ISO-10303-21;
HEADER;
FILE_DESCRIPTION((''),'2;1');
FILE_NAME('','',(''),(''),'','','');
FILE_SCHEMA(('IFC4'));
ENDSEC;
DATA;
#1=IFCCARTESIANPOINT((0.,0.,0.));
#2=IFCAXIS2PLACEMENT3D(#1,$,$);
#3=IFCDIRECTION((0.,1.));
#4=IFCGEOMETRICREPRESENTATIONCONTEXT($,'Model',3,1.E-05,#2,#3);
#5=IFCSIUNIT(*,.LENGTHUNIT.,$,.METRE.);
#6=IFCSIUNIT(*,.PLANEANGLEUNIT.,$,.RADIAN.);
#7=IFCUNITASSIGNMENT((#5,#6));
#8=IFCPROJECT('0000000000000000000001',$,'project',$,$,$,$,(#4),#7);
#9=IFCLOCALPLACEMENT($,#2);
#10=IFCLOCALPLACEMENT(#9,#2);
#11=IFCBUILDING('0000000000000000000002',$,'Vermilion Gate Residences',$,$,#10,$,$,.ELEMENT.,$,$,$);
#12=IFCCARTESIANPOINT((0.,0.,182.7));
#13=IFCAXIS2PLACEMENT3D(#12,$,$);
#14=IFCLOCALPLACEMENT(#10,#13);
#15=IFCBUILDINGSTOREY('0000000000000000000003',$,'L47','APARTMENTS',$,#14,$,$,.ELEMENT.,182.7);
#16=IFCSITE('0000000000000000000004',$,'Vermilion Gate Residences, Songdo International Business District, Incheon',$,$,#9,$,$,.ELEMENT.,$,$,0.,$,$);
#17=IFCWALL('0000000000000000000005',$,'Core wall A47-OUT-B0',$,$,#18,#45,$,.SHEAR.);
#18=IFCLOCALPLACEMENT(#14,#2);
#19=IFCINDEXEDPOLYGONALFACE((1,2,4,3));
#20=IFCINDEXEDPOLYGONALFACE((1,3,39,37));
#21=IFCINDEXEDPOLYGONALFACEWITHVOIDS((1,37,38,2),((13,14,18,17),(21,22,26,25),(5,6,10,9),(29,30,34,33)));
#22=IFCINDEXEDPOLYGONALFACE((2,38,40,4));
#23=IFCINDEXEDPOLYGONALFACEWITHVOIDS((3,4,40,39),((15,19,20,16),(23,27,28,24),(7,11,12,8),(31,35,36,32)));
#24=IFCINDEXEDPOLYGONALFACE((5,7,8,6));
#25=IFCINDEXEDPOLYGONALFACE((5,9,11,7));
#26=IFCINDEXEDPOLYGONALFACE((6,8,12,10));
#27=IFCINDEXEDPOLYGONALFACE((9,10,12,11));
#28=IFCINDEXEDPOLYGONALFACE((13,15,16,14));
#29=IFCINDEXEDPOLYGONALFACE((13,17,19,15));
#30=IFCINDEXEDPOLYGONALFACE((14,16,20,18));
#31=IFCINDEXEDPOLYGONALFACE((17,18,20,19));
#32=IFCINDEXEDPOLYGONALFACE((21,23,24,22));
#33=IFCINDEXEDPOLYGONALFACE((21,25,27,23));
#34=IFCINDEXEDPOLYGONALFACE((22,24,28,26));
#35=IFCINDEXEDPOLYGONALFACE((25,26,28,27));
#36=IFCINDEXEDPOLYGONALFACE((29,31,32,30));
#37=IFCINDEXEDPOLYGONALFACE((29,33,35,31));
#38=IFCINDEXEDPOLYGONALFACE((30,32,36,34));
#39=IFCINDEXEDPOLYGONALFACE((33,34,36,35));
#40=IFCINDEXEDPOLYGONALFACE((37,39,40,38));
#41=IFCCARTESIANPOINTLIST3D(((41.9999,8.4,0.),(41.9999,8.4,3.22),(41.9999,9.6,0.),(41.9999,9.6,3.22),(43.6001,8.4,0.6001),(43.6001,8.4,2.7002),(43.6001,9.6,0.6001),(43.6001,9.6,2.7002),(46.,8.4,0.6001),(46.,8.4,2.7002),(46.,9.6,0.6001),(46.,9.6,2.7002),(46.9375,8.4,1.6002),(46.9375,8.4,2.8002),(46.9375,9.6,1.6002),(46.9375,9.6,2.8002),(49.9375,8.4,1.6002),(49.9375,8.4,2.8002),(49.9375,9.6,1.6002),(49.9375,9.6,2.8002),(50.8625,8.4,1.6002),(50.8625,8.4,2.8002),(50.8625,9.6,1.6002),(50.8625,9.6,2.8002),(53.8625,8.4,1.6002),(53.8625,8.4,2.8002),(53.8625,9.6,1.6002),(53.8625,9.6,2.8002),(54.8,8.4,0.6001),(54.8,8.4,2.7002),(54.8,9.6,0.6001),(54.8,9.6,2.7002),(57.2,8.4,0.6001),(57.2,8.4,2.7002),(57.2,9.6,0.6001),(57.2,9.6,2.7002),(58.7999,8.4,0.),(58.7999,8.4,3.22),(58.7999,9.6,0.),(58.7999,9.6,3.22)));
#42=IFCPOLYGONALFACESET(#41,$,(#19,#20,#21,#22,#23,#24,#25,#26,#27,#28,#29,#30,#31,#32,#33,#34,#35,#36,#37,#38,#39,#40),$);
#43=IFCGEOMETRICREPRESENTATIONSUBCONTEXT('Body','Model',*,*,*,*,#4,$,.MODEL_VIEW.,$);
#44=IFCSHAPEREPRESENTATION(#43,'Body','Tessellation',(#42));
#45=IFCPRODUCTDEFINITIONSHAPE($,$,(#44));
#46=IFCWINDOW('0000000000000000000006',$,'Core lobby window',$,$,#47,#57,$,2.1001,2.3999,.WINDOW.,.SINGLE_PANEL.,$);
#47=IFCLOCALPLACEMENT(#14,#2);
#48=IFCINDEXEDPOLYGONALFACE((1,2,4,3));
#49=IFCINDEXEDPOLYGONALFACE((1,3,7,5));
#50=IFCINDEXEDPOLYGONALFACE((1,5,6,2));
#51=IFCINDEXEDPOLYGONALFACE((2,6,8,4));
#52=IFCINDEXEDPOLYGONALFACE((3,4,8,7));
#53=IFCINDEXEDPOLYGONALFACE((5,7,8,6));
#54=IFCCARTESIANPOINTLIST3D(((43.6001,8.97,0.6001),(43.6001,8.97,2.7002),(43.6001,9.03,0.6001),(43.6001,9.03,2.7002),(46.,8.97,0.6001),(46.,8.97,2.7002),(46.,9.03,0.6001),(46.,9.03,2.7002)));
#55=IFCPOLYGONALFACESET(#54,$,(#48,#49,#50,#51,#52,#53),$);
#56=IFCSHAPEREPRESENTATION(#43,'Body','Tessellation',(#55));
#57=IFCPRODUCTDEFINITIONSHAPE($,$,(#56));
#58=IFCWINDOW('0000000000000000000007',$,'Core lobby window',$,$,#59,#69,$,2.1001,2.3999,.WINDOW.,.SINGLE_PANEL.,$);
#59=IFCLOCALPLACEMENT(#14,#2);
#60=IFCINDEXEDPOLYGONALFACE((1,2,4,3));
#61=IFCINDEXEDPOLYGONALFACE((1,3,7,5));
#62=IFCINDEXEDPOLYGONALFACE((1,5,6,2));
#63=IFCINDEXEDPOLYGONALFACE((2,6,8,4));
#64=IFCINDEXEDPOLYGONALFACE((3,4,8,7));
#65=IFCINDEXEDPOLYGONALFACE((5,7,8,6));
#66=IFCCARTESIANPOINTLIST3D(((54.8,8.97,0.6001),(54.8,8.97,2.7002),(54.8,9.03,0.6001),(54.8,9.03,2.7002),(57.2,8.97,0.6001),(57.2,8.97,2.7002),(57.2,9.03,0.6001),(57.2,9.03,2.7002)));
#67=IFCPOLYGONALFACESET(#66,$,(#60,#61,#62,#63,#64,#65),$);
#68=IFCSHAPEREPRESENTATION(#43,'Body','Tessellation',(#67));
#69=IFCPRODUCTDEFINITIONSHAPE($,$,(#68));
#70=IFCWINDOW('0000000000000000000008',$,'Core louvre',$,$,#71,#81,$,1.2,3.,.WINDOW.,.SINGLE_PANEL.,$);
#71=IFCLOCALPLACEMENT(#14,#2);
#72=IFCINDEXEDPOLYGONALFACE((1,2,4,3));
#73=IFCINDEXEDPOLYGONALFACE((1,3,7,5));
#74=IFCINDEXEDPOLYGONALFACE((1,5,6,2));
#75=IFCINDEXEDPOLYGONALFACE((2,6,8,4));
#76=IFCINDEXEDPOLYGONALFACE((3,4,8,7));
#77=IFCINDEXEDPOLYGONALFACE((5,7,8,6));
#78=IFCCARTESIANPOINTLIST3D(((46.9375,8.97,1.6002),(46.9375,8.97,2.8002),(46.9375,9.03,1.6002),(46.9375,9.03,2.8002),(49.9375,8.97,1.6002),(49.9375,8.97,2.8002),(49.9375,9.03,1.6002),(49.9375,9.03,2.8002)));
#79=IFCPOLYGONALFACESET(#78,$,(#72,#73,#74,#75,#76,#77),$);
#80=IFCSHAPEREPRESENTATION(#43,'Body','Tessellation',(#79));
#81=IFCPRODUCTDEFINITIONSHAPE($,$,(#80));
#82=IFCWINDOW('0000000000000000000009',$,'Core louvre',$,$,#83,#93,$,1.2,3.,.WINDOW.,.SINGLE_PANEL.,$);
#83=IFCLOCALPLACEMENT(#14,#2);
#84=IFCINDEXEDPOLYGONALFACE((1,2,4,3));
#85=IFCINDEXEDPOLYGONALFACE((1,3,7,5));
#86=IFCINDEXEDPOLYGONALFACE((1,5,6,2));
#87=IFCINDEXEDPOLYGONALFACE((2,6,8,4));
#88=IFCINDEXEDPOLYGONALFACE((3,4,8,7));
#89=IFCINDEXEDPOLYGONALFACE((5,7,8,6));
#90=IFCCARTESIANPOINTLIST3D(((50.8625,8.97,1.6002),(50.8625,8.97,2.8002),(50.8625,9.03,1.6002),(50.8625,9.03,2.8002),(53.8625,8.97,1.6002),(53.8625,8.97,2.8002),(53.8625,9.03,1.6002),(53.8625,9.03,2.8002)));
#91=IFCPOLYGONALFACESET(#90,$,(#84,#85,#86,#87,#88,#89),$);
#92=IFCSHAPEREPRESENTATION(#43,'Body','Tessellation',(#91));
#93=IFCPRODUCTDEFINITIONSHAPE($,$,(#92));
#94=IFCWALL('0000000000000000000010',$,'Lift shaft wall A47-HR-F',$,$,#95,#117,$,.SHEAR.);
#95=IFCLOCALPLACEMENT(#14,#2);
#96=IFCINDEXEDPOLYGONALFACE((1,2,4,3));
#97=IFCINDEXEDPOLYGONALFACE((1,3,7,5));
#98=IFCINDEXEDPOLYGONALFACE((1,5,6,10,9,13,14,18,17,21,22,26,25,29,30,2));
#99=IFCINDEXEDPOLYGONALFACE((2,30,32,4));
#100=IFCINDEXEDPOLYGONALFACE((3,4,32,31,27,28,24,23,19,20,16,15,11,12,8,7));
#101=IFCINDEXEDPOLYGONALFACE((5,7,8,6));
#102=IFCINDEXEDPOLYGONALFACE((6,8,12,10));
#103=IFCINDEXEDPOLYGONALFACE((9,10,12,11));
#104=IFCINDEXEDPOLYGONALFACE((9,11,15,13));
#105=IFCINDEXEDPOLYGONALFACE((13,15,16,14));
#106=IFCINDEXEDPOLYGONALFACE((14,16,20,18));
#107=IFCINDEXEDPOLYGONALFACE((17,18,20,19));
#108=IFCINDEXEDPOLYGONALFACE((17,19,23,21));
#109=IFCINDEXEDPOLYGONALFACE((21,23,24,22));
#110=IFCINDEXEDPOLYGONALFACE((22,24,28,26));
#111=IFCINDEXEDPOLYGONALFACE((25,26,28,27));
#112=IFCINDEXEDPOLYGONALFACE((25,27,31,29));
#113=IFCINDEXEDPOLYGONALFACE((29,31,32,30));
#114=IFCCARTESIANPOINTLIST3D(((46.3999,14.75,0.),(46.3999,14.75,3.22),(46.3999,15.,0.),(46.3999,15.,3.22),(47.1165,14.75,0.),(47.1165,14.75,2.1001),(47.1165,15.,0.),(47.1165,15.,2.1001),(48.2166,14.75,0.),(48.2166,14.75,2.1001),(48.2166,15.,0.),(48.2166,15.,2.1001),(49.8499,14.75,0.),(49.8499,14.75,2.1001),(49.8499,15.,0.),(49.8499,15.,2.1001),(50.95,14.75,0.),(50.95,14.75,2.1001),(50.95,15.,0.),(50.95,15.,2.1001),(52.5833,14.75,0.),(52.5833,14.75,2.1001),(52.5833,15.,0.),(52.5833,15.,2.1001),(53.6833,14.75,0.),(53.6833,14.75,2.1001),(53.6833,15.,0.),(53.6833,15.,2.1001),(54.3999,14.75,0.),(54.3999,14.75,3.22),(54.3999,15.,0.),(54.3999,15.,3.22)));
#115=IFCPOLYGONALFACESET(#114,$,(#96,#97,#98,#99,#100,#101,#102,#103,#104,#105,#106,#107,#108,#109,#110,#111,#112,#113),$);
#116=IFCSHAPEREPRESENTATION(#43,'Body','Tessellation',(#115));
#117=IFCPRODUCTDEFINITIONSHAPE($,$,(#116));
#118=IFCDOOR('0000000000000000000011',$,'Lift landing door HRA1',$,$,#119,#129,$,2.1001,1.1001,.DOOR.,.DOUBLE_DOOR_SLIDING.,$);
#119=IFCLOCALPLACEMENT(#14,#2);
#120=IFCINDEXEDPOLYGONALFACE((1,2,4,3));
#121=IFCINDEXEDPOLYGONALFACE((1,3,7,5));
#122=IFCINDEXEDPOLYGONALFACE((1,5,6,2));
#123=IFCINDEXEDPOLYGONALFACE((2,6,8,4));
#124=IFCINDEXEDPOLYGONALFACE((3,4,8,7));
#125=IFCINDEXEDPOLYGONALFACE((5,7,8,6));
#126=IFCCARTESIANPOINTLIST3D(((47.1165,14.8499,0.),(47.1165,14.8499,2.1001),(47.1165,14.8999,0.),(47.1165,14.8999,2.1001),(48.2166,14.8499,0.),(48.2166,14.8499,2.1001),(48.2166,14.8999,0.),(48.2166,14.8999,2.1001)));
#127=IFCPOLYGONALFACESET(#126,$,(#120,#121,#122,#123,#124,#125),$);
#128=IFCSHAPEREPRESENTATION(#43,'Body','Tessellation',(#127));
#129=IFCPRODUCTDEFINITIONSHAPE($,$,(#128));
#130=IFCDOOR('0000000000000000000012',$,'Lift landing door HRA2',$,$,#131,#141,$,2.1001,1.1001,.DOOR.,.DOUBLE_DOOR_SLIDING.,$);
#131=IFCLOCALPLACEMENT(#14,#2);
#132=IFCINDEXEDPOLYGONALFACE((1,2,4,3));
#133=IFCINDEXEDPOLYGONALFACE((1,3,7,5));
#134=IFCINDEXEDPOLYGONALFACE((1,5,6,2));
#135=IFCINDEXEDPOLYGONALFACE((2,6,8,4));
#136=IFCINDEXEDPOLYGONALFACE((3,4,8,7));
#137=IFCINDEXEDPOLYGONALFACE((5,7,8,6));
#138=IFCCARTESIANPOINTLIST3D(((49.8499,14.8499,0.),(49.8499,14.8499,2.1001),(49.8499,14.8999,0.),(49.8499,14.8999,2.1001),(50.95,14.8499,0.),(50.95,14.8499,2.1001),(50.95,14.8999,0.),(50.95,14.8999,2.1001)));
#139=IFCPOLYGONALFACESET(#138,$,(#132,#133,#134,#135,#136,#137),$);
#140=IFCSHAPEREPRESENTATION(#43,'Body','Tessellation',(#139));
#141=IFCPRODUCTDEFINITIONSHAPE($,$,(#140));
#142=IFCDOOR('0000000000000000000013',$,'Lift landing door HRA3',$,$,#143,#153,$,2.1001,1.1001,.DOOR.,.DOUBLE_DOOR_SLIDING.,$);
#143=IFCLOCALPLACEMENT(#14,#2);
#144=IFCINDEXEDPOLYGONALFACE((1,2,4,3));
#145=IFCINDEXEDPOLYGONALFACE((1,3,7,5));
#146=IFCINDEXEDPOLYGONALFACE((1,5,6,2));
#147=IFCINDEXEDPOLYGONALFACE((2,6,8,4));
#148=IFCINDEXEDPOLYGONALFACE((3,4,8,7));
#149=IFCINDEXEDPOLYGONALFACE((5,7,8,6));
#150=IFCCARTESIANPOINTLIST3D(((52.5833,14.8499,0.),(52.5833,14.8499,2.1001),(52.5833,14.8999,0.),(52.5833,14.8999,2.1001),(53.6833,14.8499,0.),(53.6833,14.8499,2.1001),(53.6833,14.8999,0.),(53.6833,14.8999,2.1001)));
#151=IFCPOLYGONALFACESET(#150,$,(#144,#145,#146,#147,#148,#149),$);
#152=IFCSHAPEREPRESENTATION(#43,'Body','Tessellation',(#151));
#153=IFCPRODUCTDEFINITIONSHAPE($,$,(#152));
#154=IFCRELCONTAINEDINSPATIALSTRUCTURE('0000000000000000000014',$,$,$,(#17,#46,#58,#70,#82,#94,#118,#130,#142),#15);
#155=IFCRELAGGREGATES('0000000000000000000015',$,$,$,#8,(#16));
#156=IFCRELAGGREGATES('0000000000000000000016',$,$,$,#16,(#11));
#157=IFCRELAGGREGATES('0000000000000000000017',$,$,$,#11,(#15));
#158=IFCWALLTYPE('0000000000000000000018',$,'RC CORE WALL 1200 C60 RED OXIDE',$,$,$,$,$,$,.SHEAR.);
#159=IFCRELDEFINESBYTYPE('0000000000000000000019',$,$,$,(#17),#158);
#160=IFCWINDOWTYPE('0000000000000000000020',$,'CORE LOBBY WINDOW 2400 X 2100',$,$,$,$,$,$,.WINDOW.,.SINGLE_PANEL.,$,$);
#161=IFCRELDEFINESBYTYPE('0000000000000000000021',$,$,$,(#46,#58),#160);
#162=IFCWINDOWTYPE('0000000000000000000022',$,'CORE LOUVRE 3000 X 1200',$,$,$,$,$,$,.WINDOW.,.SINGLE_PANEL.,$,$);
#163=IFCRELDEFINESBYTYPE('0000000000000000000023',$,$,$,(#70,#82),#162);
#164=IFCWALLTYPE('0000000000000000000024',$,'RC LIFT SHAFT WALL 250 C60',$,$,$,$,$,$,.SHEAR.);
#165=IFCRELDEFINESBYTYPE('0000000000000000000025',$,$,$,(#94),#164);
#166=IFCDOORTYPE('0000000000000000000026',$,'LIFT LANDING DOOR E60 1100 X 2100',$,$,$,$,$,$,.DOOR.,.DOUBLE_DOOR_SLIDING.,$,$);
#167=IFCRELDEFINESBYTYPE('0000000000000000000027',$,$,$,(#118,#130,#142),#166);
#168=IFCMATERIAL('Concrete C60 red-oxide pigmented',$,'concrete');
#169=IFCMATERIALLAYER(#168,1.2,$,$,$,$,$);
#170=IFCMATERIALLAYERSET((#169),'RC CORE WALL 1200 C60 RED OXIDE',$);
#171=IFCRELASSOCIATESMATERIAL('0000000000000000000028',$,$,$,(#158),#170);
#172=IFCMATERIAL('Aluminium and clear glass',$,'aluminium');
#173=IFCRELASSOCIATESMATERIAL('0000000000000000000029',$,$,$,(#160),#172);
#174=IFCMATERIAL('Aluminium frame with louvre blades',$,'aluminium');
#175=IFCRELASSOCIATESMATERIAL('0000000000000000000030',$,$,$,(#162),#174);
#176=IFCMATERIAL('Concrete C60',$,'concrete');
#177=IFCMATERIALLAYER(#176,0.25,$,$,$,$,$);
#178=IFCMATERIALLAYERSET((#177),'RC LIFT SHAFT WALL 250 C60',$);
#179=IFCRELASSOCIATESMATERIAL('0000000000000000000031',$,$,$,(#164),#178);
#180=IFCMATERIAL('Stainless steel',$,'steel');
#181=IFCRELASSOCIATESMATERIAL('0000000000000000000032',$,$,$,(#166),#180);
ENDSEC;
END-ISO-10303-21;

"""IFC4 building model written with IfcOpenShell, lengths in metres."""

from ifc_helpers import new_model, si_unit, direction, frame, frame_2d, origin, place, context, subcontext, project, spatial, rectangle, extrude, material, layer, layer_set, type_object, element, fill, save


model = new_model("IFC4")

# Units and contexts
model_context = context("Model", 3, precision=1e-05, world=origin(), true_north=direction((0.0, 1.0)))
body_context = subcontext(model_context, "Body", "Model", "MODEL_VIEW")
ifc_project = project(units=[si_unit("LENGTHUNIT", "METRE"), si_unit("PLANEANGLEUNIT", "RADIAN")], contexts=[model_context])

# Site, building, storey
site_placement = place(None, origin())
site = spatial("IfcSite", under=ifc_project, at=site_placement, Name="Vermilion Gate Residences, Songdo International Business District, Incheon", CompositionType="ELEMENT", RefElevation=0.0)
building_placement = place(site_placement, origin())
building = spatial("IfcBuilding", under=site, at=building_placement, Name="Vermilion Gate Residences", CompositionType="ELEMENT")
storey_placement = place(building_placement, frame((0.0, 0.0, 182.7)))
storey = spatial("IfcBuildingStorey", under=building, at=storey_placement, Name="L47", Description="APARTMENTS", CompositionType="ELEMENT", Elevation=182.7)

# Wall, openings, windows
ifc_material_1 = material(Name="Concrete C60 red-oxide pigmented", Category="concrete")
ifc_layer_1 = layer(ifc_material_1, 1.2)
ifc_layer_set_1 = layer_set([ifc_layer_1], Name="RC CORE WALL 1200 C60 RED OXIDE")
wall_type_1 = type_object("IfcWallType", Name="RC CORE WALL 1200 C60 RED OXIDE", PredefinedType="SHEAR", material=ifc_layer_set_1)
wall_1_placement = place(storey_placement, frame((42.0, 9.0, 0.0), z_axis=(0.0, 0.0, 1.0), x_axis=(1.0, 0.0, 0.0)))
wall_1 = element("IfcWall", 1, at=wall_1_placement, inside=storey, type_object=wall_type_1, Name="Core wall A47-OUT-B0", PredefinedType="SHEAR", context=body_context, shape_type="SweptSolid", body=[
    extrude(rectangle(XDim=16.8, YDim=1.2, at=frame_2d((8.3999, 0.0))), origin(), (0.0, 0.0, 1.0), 3.22),
])
opening_1_placement = place(wall_1_placement, frame((1.6001, 0.0, 0.6001)))
opening_1 = element("IfcOpeningElement", 2, at=opening_1_placement, cuts=wall_1, PredefinedType="OPENING", context=body_context, shape_type="SweptSolid", body=[
    extrude(rectangle(XDim=2.3999, YDim=2.1001, at=frame_2d((1.2, 1.05))), frame((0.0, 0.6099, 0.0), z_axis=(0.0, -1.0, 0.0), x_axis=(1.0, 0.0, 0.0)), (0.0, 0.0, 1.0), 1.22),
])
opening_2_placement = place(wall_1_placement, frame((4.9375, 0.0, 1.6001)))
opening_2 = element("IfcOpeningElement", 3, at=opening_2_placement, cuts=wall_1, PredefinedType="OPENING", context=body_context, shape_type="SweptSolid", body=[
    extrude(rectangle(XDim=3.0, YDim=1.2, at=frame_2d((1.5, 0.6001))), frame((0.0, 0.6099, 0.0), z_axis=(0.0, -1.0, 0.0), x_axis=(1.0, 0.0, 0.0)), (0.0, 0.0, 1.0), 1.22),
])
opening_3_placement = place(wall_1_placement, frame((8.8625, 0.0, 1.6001)))
opening_3 = element("IfcOpeningElement", 4, at=opening_3_placement, cuts=wall_1, PredefinedType="OPENING", context=body_context, shape_type="SweptSolid", body=[
    extrude(rectangle(XDim=3.0, YDim=1.2, at=frame_2d((1.5, 0.6001))), frame((0.0, 0.6099, 0.0), z_axis=(0.0, -1.0, 0.0), x_axis=(1.0, 0.0, 0.0)), (0.0, 0.0, 1.0), 1.22),
])
opening_4_placement = place(wall_1_placement, frame((12.8, 0.0, 0.6001)))
opening_4 = element("IfcOpeningElement", 5, at=opening_4_placement, cuts=wall_1, PredefinedType="OPENING", context=body_context, shape_type="SweptSolid", body=[
    extrude(rectangle(XDim=2.3999, YDim=2.1001, at=frame_2d((1.2, 1.05))), frame((0.0, 0.6099, 0.0), z_axis=(0.0, -1.0, 0.0), x_axis=(1.0, 0.0, 0.0)), (0.0, 0.0, 1.0), 1.22),
])
ifc_material_2 = material(Name="Aluminium and clear glass", Category="aluminium")
window_type_1 = type_object("IfcWindowType", Name="CORE LOBBY WINDOW 2400 X 2100", PartitioningType="SINGLE_PANEL", PredefinedType="WINDOW", material=ifc_material_2)
window_1_placement = place(opening_1_placement, origin())
window_1 = element("IfcWindow", 6, at=window_1_placement, inside=storey, type_object=window_type_1, Name="Core lobby window", OverallHeight=2.1001, OverallWidth=2.3999, PartitioningType="SINGLE_PANEL", PredefinedType="WINDOW", context=body_context, shape_type="SweptSolid", body=[
    extrude(rectangle(XDim=2.3999, YDim=2.1001, at=frame_2d((1.2, 1.05))), frame((0.0, 0.03, 0.0), z_axis=(0.0, -1.0, 0.0), x_axis=(1.0, 0.0, 0.0)), (0.0, 0.0, 1.0), 0.0601),
])
fill(opening_1, window_1)
window_2_placement = place(opening_4_placement, origin())
window_2 = element("IfcWindow", 7, at=window_2_placement, inside=storey, type_object=window_type_1, Name="Core lobby window", OverallHeight=2.1001, OverallWidth=2.3999, PartitioningType="SINGLE_PANEL", PredefinedType="WINDOW", context=body_context, shape_type="SweptSolid", body=[
    extrude(rectangle(XDim=2.3999, YDim=2.1001, at=frame_2d((1.2, 1.05))), frame((0.0, 0.03, 0.0), z_axis=(0.0, -1.0, 0.0), x_axis=(1.0, 0.0, 0.0)), (0.0, 0.0, 1.0), 0.0601),
])
fill(opening_4, window_2)
ifc_material_3 = material(Name="Aluminium frame with louvre blades", Category="aluminium")
window_type_2 = type_object("IfcWindowType", Name="CORE LOUVRE 3000 X 1200", PartitioningType="SINGLE_PANEL", PredefinedType="WINDOW", material=ifc_material_3)
window_3_placement = place(opening_2_placement, origin())
window_3 = element("IfcWindow", 8, at=window_3_placement, inside=storey, type_object=window_type_2, Name="Core louvre", OverallHeight=1.2, OverallWidth=3.0, PartitioningType="SINGLE_PANEL", PredefinedType="WINDOW", context=body_context, shape_type="SweptSolid", body=[
    extrude(rectangle(XDim=3.0, YDim=1.2, at=frame_2d((1.5, 0.6001))), frame((0.0, 0.03, 0.0), z_axis=(0.0, -1.0, 0.0), x_axis=(1.0, 0.0, 0.0)), (0.0, 0.0, 1.0), 0.0601),
])
fill(opening_2, window_3)
window_4_placement = place(opening_3_placement, origin())
window_4 = element("IfcWindow", 9, at=window_4_placement, inside=storey, type_object=window_type_2, Name="Core louvre", OverallHeight=1.2, OverallWidth=3.0, PartitioningType="SINGLE_PANEL", PredefinedType="WINDOW", context=body_context, shape_type="SweptSolid", body=[
    extrude(rectangle(XDim=3.0, YDim=1.2, at=frame_2d((1.5, 0.6001))), frame((0.0, 0.03, 0.0), z_axis=(0.0, -1.0, 0.0), x_axis=(1.0, 0.0, 0.0)), (0.0, 0.0, 1.0), 0.0601),
])
fill(opening_3, window_4)

# Wall, openings, doors
ifc_material_4 = material(Name="Concrete C60", Category="concrete")
ifc_layer_2 = layer(ifc_material_4, 0.25)
ifc_layer_set_2 = layer_set([ifc_layer_2], Name="RC LIFT SHAFT WALL 250 C60")
wall_type_2 = type_object("IfcWallType", Name="RC LIFT SHAFT WALL 250 C60", PredefinedType="SHEAR", material=ifc_layer_set_2)
wall_2_placement = place(storey_placement, frame((46.3999, 14.875, 0.0), z_axis=(0.0, 0.0, 1.0), x_axis=(1.0, 0.0, 0.0)))
wall_2 = element("IfcWall", 10, at=wall_2_placement, inside=storey, type_object=wall_type_2, Name="Lift shaft wall A47-HR-F", PredefinedType="SHEAR", context=body_context, shape_type="SweptSolid", body=[
    extrude(rectangle(XDim=8.0, YDim=0.25, at=frame_2d((4.0, 0.0))), origin(), (0.0, 0.0, 1.0), 3.22),
])
opening_5_placement = place(wall_2_placement, frame((0.7166, 0.0, 0.0)))
opening_5 = element("IfcOpeningElement", 11, at=opening_5_placement, cuts=wall_2, PredefinedType="OPENING", context=body_context, shape_type="SweptSolid", body=[
    extrude(rectangle(XDim=1.1001, YDim=2.1001, at=frame_2d((0.55, 1.05))), frame((0.0, 0.135, 0.0), z_axis=(0.0, -1.0, 0.0), x_axis=(1.0, 0.0, 0.0)), (0.0, 0.0, 1.0), 0.27),
])
opening_6_placement = place(wall_2_placement, frame((3.45, 0.0, 0.0)))
opening_6 = element("IfcOpeningElement", 12, at=opening_6_placement, cuts=wall_2, PredefinedType="OPENING", context=body_context, shape_type="SweptSolid", body=[
    extrude(rectangle(XDim=1.1001, YDim=2.1001, at=frame_2d((0.55, 1.05))), frame((0.0, 0.135, 0.0), z_axis=(0.0, -1.0, 0.0), x_axis=(1.0, 0.0, 0.0)), (0.0, 0.0, 1.0), 0.27),
])
opening_7_placement = place(wall_2_placement, frame((6.1833, 0.0, 0.0)))
opening_7 = element("IfcOpeningElement", 13, at=opening_7_placement, cuts=wall_2, PredefinedType="OPENING", context=body_context, shape_type="SweptSolid", body=[
    extrude(rectangle(XDim=1.1001, YDim=2.1001, at=frame_2d((0.55, 1.05))), frame((0.0, 0.135, 0.0), z_axis=(0.0, -1.0, 0.0), x_axis=(1.0, 0.0, 0.0)), (0.0, 0.0, 1.0), 0.27),
])
ifc_material_5 = material(Name="Stainless steel", Category="steel")
door_type_1 = type_object("IfcDoorType", Name="LIFT LANDING DOOR E60 1100 X 2100", OperationType="DOUBLE_DOOR_SLIDING", PredefinedType="DOOR", material=ifc_material_5)
door_1_placement = place(opening_5_placement, origin())
door_1 = element("IfcDoor", 14, at=door_1_placement, inside=storey, type_object=door_type_1, Name="Lift landing door HRA1", OperationType="DOUBLE_DOOR_SLIDING", OverallHeight=2.1001, OverallWidth=1.1001, PredefinedType="DOOR", context=body_context, shape_type="SweptSolid", body=[
    extrude(rectangle(XDim=1.1001, YDim=2.1001, at=frame_2d((0.55, 1.05))), frame((0.0, 0.0249, 0.0), z_axis=(0.0, -1.0, 0.0), x_axis=(1.0, 0.0, 0.0)), (0.0, 0.0, 1.0), 0.05),
])
fill(opening_5, door_1)
door_2_placement = place(opening_6_placement, origin())
door_2 = element("IfcDoor", 15, at=door_2_placement, inside=storey, type_object=door_type_1, Name="Lift landing door HRA2", OperationType="DOUBLE_DOOR_SLIDING", OverallHeight=2.1001, OverallWidth=1.1001, PredefinedType="DOOR", context=body_context, shape_type="SweptSolid", body=[
    extrude(rectangle(XDim=1.1001, YDim=2.1001, at=frame_2d((0.55, 1.05))), frame((0.0, 0.0249, 0.0), z_axis=(0.0, -1.0, 0.0), x_axis=(1.0, 0.0, 0.0)), (0.0, 0.0, 1.0), 0.05),
])
fill(opening_6, door_2)
door_3_placement = place(opening_7_placement, origin())
door_3 = element("IfcDoor", 16, at=door_3_placement, inside=storey, type_object=door_type_1, Name="Lift landing door HRA3", OperationType="DOUBLE_DOOR_SLIDING", OverallHeight=2.1001, OverallWidth=1.1001, PredefinedType="DOOR", context=body_context, shape_type="SweptSolid", body=[
    extrude(rectangle(XDim=1.1001, YDim=2.1001, at=frame_2d((0.55, 1.05))), frame((0.0, 0.0249, 0.0), z_axis=(0.0, -1.0, 0.0), x_axis=(1.0, 0.0, 0.0)), (0.0, 0.0, 1.0), 0.05),
])
fill(opening_7, door_3)

save(model, "model.ifc")
